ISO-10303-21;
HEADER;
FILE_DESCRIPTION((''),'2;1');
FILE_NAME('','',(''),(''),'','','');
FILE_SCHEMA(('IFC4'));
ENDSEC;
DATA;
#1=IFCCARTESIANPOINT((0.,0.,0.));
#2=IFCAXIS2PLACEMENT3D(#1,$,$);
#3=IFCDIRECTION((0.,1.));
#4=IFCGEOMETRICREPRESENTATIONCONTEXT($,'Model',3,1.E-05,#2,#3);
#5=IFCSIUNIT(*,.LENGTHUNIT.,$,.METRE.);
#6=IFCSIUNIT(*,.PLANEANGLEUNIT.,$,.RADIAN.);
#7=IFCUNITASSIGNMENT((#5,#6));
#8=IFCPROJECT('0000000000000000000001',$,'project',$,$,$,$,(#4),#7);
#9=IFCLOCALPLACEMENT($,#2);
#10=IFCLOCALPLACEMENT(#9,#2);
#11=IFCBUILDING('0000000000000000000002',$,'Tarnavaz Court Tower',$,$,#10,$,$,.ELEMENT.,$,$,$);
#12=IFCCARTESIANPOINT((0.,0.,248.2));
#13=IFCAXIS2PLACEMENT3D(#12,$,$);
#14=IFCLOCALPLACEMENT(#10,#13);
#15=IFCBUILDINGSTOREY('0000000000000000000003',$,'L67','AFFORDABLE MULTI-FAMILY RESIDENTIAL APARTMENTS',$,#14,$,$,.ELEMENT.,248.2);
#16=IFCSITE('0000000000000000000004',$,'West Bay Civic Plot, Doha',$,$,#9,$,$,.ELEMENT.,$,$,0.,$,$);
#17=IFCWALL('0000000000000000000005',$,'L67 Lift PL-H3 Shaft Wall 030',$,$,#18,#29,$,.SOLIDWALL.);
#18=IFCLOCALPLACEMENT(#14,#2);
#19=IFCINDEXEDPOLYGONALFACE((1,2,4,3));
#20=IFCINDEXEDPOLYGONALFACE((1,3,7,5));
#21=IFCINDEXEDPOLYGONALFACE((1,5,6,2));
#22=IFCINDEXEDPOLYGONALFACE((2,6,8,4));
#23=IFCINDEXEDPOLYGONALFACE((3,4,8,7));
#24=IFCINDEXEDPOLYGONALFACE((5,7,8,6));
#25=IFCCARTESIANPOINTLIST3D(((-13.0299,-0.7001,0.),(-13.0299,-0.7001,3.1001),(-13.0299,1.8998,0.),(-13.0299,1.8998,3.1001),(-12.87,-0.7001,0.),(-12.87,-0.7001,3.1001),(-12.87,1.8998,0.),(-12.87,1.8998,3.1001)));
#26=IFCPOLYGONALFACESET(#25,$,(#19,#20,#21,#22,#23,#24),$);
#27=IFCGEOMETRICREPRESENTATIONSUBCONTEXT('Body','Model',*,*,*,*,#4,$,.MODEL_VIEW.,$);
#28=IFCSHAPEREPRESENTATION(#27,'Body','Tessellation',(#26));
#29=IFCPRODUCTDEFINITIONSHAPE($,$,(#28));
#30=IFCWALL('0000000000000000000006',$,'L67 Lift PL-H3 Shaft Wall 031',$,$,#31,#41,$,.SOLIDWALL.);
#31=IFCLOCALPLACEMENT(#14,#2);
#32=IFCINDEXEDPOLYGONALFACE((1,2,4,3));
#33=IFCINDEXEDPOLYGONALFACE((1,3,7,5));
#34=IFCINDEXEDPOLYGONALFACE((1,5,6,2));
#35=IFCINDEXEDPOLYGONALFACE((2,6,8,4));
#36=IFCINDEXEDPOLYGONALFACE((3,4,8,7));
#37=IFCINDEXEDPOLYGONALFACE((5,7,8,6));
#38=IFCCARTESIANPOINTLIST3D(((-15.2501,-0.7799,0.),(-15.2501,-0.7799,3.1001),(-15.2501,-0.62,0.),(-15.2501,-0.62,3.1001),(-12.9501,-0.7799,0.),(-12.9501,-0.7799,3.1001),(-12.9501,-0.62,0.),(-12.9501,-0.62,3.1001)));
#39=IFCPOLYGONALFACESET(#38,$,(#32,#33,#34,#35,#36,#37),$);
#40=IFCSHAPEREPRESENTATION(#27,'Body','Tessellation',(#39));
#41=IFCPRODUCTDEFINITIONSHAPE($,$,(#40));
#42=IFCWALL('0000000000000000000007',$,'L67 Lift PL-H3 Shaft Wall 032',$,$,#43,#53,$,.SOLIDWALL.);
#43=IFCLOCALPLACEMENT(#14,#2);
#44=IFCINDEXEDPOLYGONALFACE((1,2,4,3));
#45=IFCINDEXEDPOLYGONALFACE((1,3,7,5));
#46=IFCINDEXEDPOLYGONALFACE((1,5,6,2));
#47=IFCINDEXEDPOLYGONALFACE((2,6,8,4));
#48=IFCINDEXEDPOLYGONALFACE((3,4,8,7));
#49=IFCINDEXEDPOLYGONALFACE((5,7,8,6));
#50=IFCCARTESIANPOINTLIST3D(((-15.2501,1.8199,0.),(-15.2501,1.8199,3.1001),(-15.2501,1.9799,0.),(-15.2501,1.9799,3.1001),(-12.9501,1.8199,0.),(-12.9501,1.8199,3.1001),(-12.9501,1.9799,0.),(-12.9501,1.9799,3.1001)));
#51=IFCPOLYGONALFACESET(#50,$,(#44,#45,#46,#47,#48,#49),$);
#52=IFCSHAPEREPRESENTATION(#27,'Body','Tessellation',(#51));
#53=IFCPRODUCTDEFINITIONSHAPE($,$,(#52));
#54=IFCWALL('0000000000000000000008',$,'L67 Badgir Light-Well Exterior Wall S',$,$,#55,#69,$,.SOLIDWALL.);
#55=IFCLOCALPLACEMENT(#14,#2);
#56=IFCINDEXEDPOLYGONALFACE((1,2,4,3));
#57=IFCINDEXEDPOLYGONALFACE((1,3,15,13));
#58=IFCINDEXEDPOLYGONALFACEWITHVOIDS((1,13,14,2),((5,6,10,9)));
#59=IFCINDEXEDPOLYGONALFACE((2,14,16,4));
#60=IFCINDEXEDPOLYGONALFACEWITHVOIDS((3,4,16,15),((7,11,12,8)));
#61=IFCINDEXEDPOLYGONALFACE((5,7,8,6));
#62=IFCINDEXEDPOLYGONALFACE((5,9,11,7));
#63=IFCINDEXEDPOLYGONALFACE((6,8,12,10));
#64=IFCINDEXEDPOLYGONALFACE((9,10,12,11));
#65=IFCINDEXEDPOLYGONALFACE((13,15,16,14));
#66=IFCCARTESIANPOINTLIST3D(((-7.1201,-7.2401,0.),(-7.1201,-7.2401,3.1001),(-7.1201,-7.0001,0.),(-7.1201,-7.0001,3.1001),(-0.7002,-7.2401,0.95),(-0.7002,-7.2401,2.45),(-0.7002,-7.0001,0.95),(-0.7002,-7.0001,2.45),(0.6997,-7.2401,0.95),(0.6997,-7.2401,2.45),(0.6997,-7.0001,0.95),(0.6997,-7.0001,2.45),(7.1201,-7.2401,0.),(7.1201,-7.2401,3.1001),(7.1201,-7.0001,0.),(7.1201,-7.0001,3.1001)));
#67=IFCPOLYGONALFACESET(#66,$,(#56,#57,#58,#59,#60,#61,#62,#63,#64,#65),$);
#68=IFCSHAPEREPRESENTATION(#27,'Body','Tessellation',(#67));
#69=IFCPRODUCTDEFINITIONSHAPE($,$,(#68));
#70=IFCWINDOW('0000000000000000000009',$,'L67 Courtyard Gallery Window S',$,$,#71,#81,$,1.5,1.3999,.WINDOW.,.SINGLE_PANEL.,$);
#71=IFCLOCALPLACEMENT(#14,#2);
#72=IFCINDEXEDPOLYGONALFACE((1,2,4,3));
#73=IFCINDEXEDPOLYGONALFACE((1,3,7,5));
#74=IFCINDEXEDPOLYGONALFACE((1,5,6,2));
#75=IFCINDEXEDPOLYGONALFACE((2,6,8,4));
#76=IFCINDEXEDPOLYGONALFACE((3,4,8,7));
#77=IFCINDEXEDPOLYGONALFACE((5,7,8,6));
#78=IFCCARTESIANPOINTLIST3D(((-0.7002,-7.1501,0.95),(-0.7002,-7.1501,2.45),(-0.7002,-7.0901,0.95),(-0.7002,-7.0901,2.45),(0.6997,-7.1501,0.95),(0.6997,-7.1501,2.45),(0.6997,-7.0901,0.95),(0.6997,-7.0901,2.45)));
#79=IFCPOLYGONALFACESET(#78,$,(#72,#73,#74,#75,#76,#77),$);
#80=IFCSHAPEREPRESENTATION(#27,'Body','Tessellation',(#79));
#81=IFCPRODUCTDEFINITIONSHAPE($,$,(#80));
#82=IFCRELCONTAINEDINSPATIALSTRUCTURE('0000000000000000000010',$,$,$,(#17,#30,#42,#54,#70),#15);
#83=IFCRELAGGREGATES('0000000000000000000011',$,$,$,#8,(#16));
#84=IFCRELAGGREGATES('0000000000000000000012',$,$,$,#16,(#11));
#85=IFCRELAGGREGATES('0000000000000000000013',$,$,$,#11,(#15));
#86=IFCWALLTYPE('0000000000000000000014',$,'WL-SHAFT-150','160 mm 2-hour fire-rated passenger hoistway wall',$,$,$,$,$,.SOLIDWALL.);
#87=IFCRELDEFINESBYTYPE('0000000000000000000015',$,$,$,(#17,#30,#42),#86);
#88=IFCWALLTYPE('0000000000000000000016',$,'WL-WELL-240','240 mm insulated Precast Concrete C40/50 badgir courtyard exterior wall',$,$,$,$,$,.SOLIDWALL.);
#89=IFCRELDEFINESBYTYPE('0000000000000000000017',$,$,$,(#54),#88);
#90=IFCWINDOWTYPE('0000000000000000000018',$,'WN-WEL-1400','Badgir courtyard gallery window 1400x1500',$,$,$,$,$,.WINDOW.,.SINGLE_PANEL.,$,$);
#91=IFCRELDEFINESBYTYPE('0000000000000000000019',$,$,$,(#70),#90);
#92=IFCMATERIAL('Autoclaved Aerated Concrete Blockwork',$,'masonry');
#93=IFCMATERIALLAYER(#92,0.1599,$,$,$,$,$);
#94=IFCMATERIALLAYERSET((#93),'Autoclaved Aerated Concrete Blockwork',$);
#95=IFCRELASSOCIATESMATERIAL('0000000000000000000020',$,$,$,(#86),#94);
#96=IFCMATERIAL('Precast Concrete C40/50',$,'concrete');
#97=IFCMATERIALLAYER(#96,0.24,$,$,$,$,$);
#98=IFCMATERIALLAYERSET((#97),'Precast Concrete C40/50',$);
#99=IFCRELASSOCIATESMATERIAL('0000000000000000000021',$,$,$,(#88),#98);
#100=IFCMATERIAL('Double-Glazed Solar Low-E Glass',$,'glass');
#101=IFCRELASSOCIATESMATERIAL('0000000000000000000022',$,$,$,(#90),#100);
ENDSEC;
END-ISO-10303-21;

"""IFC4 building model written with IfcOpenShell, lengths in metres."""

from ifc_helpers import new_model, si_unit, direction, frame, frame_2d, origin, place, context, subcontext, project, spatial, rectangle, extrude, material, layer, layer_set, type_object, element, fill, save


model = new_model("IFC4")

# Units and contexts
model_context = context("Model", 3, precision=1e-05, world=origin(), true_north=direction((0.0, 1.0)))
body_context = subcontext(model_context, "Body", "Model", "MODEL_VIEW")
ifc_project = project(units=[si_unit("LENGTHUNIT", "METRE"), si_unit("PLANEANGLEUNIT", "RADIAN")], contexts=[model_context])

# Site, building, storey
site_placement = place(None, origin())
site = spatial("IfcSite", under=ifc_project, at=site_placement, Name="West Bay Civic Plot, Doha", CompositionType="ELEMENT", RefElevation=0.0)
building_placement = place(site_placement, origin())
building = spatial("IfcBuilding", under=site, at=building_placement, Name="Tarnavaz Court Tower", CompositionType="ELEMENT")
storey_placement = place(building_placement, frame((0.0, 0.0, 248.2)))
storey = spatial("IfcBuildingStorey", under=building, at=storey_placement, Name="L67", Description="AFFORDABLE MULTI-FAMILY RESIDENTIAL APARTMENTS", CompositionType="ELEMENT", Elevation=248.2)

# Shared definitions
ifc_material_1 = material(Name="Autoclaved Aerated Concrete Blockwork", Category="masonry")
ifc_layer_1 = layer(ifc_material_1, 0.1599)
ifc_layer_set_1 = layer_set([ifc_layer_1], Name="Autoclaved Aerated Concrete Blockwork")
wall_type_1 = type_object("IfcWallType", Name="WL-SHAFT-150", Description="160 mm 2-hour fire-rated passenger hoistway wall", PredefinedType="SOLIDWALL", material=ifc_layer_set_1)

# Walls
wall_1_placement = place(storey_placement, frame((-12.95, -0.7, 0.0), z_axis=(0.0, 0.0, 1.0), x_axis=(0.0, 1.0, 0.0)))
element("IfcWall", 1, at=wall_1_placement, inside=storey, type_object=wall_type_1, Name="L67 Lift PL-H3 Shaft Wall 030", PredefinedType="SOLIDWALL", context=body_context, shape_type="SweptSolid", body=[
    extrude(rectangle(XDim=2.5999, YDim=0.1599, at=frame_2d((1.2998, 0.0))), origin(), (0.0, 0.0, 1.0), 3.1001),
])
for number, where, z_axis, x_axis, name in (
    (2, (-15.25, -0.7, 0.0), (0.0, 0.0, 1.0), (1.0, 0.0, 0.0), "L67 Lift PL-H3 Shaft Wall 031"),
    (3, (-15.25, 1.8999, 0.0), (0.0, 0.0, 1.0), (1.0, 0.0, 0.0), "L67 Lift PL-H3 Shaft Wall 032"),
):
    element("IfcWall", number, at=place(storey_placement, frame(where, z_axis=z_axis, x_axis=x_axis)), inside=storey, type_object=wall_type_1, Name=name, PredefinedType="SOLIDWALL", context=body_context, shape_type="SweptSolid", body=[
        extrude(rectangle(XDim=2.3, YDim=0.1599, at=frame_2d((1.1499, 0.0))), origin(), (0.0, 0.0, 1.0), 3.1001),
    ])

# Wall, opening, window
ifc_material_2 = material(Name="Precast Concrete C40/50", Category="concrete")
ifc_layer_2 = layer(ifc_material_2, 0.24)
ifc_layer_set_2 = layer_set([ifc_layer_2], Name="Precast Concrete C40/50")
wall_type_2 = type_object("IfcWallType", Name="WL-WELL-240", Description="240 mm insulated Precast Concrete C40/50 badgir courtyard exterior wall", PredefinedType="SOLIDWALL", material=ifc_layer_set_2)
wall_2_placement = place(storey_placement, frame((-7.1201, -7.1201, 0.0), z_axis=(0.0, 0.0, 1.0), x_axis=(1.0, 0.0, 0.0)))
wall_2 = element("IfcWall", 4, at=wall_2_placement, inside=storey, type_object=wall_type_2, Name="L67 Badgir Light-Well Exterior Wall S", PredefinedType="SOLIDWALL", context=body_context, shape_type="SweptSolid", body=[
    extrude(rectangle(XDim=14.2402, YDim=0.24, at=frame_2d((7.1201, 0.0))), origin(), (0.0, 0.0, 1.0), 3.1001),
])
opening_1_placement = place(wall_2_placement, frame((6.4199, 0.0, 0.95)))
opening_1 = element("IfcOpeningElement", 5, at=opening_1_placement, cuts=wall_2, PredefinedType="OPENING", context=body_context, shape_type="SweptSolid", body=[
    extrude(rectangle(XDim=1.3999, YDim=1.5, at=frame_2d((0.7, 0.75))), frame((0.0, 0.1299, 0.0), z_axis=(0.0, -1.0, 0.0), x_axis=(1.0, 0.0, 0.0)), (0.0, 0.0, 1.0), 0.26),
])
ifc_material_3 = material(Name="Double-Glazed Solar Low-E Glass", Category="glass")
window_type = type_object("IfcWindowType", Name="WN-WEL-1400", Description="Badgir courtyard gallery window 1400x1500", PartitioningType="SINGLE_PANEL", PredefinedType="WINDOW", material=ifc_material_3)
window_placement = place(opening_1_placement, origin())
window = element("IfcWindow", 6, at=window_placement, inside=storey, type_object=window_type, Name="L67 Courtyard Gallery Window S", OverallHeight=1.5, OverallWidth=1.3999, PartitioningType="SINGLE_PANEL", PredefinedType="WINDOW", context=body_context, shape_type="SweptSolid", body=[
    extrude(rectangle(XDim=1.3999, YDim=1.5, at=frame_2d((0.7, 0.75))), frame((0.0, 0.03, 0.0), z_axis=(0.0, -1.0, 0.0), x_axis=(1.0, 0.0, 0.0)), (0.0, 0.0, 1.0), 0.0601),
])
fill(opening_1, window)

save(model, "model.ifc")
